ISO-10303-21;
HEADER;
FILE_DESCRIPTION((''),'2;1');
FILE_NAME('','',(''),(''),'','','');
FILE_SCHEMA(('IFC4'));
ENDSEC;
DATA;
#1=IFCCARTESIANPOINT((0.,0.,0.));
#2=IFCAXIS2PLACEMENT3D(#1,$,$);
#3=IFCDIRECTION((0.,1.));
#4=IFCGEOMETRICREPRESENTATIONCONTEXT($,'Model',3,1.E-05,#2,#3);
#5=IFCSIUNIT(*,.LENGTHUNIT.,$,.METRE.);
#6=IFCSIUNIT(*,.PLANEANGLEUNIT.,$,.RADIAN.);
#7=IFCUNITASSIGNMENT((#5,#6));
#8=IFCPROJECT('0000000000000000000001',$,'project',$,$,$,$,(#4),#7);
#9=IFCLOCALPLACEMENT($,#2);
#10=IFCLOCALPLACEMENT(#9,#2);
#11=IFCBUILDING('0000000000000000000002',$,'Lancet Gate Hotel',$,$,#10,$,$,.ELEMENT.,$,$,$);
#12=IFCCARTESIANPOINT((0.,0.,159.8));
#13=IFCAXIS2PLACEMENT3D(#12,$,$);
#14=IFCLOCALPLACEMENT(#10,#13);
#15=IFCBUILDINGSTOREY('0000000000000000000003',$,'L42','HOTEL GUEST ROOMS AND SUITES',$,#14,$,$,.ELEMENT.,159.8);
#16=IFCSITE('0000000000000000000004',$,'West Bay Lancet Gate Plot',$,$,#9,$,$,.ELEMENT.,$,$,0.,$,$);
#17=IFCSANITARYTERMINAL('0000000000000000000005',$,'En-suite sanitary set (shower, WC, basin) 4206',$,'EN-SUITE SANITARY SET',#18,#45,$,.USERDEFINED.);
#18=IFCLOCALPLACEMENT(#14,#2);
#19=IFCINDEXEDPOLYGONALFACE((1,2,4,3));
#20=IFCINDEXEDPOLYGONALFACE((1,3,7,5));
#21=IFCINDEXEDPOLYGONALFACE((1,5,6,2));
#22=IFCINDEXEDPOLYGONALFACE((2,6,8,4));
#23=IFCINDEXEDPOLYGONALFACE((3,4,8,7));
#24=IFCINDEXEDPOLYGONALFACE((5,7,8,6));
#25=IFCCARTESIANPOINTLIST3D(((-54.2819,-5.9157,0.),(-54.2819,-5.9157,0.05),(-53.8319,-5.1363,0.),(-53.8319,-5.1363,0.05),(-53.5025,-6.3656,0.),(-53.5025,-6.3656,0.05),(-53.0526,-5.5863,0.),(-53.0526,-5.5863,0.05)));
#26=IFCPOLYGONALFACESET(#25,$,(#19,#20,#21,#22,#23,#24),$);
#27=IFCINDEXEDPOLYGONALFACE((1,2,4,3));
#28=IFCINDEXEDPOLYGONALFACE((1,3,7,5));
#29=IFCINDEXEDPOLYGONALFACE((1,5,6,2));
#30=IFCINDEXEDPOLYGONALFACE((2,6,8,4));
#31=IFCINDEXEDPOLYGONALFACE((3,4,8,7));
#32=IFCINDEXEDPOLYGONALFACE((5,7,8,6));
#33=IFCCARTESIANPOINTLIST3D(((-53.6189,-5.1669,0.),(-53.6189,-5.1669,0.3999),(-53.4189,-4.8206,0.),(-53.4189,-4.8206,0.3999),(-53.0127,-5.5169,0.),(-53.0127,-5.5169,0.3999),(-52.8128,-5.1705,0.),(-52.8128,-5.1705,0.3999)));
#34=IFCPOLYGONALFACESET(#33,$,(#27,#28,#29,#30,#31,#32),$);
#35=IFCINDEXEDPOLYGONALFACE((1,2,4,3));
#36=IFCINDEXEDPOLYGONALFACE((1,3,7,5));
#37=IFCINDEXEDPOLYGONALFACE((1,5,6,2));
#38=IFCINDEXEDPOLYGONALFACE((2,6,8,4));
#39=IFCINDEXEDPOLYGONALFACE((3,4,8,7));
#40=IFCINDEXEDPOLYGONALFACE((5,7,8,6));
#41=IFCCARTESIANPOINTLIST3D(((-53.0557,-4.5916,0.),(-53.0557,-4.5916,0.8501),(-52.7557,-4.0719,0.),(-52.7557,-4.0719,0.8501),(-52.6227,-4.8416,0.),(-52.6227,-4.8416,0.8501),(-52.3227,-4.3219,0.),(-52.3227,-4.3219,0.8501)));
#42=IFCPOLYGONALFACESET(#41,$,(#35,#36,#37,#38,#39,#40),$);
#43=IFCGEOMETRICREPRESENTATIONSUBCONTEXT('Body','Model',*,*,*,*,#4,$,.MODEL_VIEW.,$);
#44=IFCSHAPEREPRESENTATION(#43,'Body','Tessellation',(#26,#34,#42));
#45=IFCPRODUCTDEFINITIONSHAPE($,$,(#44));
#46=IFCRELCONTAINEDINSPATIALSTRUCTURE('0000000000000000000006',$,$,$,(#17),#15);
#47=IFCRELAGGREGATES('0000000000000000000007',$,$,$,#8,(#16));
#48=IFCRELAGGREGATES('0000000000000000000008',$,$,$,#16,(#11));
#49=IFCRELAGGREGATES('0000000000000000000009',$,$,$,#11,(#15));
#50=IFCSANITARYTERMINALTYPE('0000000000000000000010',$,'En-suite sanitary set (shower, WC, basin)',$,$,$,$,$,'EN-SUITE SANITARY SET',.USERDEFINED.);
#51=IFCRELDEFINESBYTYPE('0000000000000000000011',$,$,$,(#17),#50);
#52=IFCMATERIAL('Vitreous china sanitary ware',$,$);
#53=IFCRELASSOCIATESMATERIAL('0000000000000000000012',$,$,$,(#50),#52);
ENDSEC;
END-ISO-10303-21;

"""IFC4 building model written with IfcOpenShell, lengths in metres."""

from ifc_helpers import new_model, si_unit, direction, frame, origin, origin_2d, place, context, subcontext, project, spatial, rectangle, extrude, material, type_object, element, save


model = new_model("IFC4")

# Units and contexts
model_context = context("Model", 3, precision=1e-05, world=origin(), true_north=direction((0.0, 1.0)))
body_context = subcontext(model_context, "Body", "Model", "MODEL_VIEW")
ifc_project = project(units=[si_unit("LENGTHUNIT", "METRE"), si_unit("PLANEANGLEUNIT", "RADIAN")], contexts=[model_context])

# Site, building, storey
site_placement = place(None, origin())
site = spatial("IfcSite", under=ifc_project, at=site_placement, Name="West Bay Lancet Gate Plot", CompositionType="ELEMENT", RefElevation=0.0)
building_placement = place(site_placement, origin())
building = spatial("IfcBuilding", under=site, at=building_placement, Name="Lancet Gate Hotel", CompositionType="ELEMENT")
storey_placement = place(building_placement, frame((0.0, 0.0, 159.8)))
storey = spatial("IfcBuildingStorey", under=building, at=storey_placement, Name="L42", Description="HOTEL GUEST ROOMS AND SUITES", CompositionType="ELEMENT", Elevation=159.8)

# Sanitary terminal
ifc_material_1 = material(Name="Vitreous china sanitary ware")
sanitary_terminal_type = type_object("IfcSanitaryTerminalType", Name="En-suite sanitary set (shower, WC, basin)", ElementType="EN-SUITE SANITARY SET", PredefinedType="USERDEFINED", material=ifc_material_1)
sanitary_terminal_1_placement = place(storey_placement, frame((-53.6672, -5.751, 0.0), z_axis=(0.0, 0.0, 1.0), x_axis=(1.0, 0.0, 0.0)))
element("IfcSanitaryTerminal", 1, at=sanitary_terminal_1_placement, inside=storey, type_object=sanitary_terminal_type, Name="En-suite sanitary set (shower, WC, basin) 4206", ObjectType="EN-SUITE SANITARY SET", PredefinedType="USERDEFINED", context=body_context, shape_type="SweptSolid", body=[
    extrude(rectangle(XDim=0.8999, YDim=0.8999, at=origin_2d()), frame((0.0, 0.0, 0.0), z_axis=(0.0, 0.0, 1.0), x_axis=(-0.5, -0.866025, 0.0)), (0.0, 0.0, 1.0), 0.05),
    extrude(rectangle(XDim=0.3999, YDim=0.7, at=origin_2d()), frame((0.4514, 0.5823, 0.0), z_axis=(0.0, 0.0, 1.0), x_axis=(-0.5, -0.866025, 0.0)), (0.0, 0.0, 1.0), 0.3999),
    extrude(rectangle(XDim=0.6001, YDim=0.5, at=origin_2d()), frame((0.978, 1.2942, 0.0), z_axis=(0.0, 0.0, 1.0), x_axis=(-0.5, -0.866025, 0.0)), (0.0, 0.0, 1.0), 0.8501),
])

save(model, "model.ifc")
